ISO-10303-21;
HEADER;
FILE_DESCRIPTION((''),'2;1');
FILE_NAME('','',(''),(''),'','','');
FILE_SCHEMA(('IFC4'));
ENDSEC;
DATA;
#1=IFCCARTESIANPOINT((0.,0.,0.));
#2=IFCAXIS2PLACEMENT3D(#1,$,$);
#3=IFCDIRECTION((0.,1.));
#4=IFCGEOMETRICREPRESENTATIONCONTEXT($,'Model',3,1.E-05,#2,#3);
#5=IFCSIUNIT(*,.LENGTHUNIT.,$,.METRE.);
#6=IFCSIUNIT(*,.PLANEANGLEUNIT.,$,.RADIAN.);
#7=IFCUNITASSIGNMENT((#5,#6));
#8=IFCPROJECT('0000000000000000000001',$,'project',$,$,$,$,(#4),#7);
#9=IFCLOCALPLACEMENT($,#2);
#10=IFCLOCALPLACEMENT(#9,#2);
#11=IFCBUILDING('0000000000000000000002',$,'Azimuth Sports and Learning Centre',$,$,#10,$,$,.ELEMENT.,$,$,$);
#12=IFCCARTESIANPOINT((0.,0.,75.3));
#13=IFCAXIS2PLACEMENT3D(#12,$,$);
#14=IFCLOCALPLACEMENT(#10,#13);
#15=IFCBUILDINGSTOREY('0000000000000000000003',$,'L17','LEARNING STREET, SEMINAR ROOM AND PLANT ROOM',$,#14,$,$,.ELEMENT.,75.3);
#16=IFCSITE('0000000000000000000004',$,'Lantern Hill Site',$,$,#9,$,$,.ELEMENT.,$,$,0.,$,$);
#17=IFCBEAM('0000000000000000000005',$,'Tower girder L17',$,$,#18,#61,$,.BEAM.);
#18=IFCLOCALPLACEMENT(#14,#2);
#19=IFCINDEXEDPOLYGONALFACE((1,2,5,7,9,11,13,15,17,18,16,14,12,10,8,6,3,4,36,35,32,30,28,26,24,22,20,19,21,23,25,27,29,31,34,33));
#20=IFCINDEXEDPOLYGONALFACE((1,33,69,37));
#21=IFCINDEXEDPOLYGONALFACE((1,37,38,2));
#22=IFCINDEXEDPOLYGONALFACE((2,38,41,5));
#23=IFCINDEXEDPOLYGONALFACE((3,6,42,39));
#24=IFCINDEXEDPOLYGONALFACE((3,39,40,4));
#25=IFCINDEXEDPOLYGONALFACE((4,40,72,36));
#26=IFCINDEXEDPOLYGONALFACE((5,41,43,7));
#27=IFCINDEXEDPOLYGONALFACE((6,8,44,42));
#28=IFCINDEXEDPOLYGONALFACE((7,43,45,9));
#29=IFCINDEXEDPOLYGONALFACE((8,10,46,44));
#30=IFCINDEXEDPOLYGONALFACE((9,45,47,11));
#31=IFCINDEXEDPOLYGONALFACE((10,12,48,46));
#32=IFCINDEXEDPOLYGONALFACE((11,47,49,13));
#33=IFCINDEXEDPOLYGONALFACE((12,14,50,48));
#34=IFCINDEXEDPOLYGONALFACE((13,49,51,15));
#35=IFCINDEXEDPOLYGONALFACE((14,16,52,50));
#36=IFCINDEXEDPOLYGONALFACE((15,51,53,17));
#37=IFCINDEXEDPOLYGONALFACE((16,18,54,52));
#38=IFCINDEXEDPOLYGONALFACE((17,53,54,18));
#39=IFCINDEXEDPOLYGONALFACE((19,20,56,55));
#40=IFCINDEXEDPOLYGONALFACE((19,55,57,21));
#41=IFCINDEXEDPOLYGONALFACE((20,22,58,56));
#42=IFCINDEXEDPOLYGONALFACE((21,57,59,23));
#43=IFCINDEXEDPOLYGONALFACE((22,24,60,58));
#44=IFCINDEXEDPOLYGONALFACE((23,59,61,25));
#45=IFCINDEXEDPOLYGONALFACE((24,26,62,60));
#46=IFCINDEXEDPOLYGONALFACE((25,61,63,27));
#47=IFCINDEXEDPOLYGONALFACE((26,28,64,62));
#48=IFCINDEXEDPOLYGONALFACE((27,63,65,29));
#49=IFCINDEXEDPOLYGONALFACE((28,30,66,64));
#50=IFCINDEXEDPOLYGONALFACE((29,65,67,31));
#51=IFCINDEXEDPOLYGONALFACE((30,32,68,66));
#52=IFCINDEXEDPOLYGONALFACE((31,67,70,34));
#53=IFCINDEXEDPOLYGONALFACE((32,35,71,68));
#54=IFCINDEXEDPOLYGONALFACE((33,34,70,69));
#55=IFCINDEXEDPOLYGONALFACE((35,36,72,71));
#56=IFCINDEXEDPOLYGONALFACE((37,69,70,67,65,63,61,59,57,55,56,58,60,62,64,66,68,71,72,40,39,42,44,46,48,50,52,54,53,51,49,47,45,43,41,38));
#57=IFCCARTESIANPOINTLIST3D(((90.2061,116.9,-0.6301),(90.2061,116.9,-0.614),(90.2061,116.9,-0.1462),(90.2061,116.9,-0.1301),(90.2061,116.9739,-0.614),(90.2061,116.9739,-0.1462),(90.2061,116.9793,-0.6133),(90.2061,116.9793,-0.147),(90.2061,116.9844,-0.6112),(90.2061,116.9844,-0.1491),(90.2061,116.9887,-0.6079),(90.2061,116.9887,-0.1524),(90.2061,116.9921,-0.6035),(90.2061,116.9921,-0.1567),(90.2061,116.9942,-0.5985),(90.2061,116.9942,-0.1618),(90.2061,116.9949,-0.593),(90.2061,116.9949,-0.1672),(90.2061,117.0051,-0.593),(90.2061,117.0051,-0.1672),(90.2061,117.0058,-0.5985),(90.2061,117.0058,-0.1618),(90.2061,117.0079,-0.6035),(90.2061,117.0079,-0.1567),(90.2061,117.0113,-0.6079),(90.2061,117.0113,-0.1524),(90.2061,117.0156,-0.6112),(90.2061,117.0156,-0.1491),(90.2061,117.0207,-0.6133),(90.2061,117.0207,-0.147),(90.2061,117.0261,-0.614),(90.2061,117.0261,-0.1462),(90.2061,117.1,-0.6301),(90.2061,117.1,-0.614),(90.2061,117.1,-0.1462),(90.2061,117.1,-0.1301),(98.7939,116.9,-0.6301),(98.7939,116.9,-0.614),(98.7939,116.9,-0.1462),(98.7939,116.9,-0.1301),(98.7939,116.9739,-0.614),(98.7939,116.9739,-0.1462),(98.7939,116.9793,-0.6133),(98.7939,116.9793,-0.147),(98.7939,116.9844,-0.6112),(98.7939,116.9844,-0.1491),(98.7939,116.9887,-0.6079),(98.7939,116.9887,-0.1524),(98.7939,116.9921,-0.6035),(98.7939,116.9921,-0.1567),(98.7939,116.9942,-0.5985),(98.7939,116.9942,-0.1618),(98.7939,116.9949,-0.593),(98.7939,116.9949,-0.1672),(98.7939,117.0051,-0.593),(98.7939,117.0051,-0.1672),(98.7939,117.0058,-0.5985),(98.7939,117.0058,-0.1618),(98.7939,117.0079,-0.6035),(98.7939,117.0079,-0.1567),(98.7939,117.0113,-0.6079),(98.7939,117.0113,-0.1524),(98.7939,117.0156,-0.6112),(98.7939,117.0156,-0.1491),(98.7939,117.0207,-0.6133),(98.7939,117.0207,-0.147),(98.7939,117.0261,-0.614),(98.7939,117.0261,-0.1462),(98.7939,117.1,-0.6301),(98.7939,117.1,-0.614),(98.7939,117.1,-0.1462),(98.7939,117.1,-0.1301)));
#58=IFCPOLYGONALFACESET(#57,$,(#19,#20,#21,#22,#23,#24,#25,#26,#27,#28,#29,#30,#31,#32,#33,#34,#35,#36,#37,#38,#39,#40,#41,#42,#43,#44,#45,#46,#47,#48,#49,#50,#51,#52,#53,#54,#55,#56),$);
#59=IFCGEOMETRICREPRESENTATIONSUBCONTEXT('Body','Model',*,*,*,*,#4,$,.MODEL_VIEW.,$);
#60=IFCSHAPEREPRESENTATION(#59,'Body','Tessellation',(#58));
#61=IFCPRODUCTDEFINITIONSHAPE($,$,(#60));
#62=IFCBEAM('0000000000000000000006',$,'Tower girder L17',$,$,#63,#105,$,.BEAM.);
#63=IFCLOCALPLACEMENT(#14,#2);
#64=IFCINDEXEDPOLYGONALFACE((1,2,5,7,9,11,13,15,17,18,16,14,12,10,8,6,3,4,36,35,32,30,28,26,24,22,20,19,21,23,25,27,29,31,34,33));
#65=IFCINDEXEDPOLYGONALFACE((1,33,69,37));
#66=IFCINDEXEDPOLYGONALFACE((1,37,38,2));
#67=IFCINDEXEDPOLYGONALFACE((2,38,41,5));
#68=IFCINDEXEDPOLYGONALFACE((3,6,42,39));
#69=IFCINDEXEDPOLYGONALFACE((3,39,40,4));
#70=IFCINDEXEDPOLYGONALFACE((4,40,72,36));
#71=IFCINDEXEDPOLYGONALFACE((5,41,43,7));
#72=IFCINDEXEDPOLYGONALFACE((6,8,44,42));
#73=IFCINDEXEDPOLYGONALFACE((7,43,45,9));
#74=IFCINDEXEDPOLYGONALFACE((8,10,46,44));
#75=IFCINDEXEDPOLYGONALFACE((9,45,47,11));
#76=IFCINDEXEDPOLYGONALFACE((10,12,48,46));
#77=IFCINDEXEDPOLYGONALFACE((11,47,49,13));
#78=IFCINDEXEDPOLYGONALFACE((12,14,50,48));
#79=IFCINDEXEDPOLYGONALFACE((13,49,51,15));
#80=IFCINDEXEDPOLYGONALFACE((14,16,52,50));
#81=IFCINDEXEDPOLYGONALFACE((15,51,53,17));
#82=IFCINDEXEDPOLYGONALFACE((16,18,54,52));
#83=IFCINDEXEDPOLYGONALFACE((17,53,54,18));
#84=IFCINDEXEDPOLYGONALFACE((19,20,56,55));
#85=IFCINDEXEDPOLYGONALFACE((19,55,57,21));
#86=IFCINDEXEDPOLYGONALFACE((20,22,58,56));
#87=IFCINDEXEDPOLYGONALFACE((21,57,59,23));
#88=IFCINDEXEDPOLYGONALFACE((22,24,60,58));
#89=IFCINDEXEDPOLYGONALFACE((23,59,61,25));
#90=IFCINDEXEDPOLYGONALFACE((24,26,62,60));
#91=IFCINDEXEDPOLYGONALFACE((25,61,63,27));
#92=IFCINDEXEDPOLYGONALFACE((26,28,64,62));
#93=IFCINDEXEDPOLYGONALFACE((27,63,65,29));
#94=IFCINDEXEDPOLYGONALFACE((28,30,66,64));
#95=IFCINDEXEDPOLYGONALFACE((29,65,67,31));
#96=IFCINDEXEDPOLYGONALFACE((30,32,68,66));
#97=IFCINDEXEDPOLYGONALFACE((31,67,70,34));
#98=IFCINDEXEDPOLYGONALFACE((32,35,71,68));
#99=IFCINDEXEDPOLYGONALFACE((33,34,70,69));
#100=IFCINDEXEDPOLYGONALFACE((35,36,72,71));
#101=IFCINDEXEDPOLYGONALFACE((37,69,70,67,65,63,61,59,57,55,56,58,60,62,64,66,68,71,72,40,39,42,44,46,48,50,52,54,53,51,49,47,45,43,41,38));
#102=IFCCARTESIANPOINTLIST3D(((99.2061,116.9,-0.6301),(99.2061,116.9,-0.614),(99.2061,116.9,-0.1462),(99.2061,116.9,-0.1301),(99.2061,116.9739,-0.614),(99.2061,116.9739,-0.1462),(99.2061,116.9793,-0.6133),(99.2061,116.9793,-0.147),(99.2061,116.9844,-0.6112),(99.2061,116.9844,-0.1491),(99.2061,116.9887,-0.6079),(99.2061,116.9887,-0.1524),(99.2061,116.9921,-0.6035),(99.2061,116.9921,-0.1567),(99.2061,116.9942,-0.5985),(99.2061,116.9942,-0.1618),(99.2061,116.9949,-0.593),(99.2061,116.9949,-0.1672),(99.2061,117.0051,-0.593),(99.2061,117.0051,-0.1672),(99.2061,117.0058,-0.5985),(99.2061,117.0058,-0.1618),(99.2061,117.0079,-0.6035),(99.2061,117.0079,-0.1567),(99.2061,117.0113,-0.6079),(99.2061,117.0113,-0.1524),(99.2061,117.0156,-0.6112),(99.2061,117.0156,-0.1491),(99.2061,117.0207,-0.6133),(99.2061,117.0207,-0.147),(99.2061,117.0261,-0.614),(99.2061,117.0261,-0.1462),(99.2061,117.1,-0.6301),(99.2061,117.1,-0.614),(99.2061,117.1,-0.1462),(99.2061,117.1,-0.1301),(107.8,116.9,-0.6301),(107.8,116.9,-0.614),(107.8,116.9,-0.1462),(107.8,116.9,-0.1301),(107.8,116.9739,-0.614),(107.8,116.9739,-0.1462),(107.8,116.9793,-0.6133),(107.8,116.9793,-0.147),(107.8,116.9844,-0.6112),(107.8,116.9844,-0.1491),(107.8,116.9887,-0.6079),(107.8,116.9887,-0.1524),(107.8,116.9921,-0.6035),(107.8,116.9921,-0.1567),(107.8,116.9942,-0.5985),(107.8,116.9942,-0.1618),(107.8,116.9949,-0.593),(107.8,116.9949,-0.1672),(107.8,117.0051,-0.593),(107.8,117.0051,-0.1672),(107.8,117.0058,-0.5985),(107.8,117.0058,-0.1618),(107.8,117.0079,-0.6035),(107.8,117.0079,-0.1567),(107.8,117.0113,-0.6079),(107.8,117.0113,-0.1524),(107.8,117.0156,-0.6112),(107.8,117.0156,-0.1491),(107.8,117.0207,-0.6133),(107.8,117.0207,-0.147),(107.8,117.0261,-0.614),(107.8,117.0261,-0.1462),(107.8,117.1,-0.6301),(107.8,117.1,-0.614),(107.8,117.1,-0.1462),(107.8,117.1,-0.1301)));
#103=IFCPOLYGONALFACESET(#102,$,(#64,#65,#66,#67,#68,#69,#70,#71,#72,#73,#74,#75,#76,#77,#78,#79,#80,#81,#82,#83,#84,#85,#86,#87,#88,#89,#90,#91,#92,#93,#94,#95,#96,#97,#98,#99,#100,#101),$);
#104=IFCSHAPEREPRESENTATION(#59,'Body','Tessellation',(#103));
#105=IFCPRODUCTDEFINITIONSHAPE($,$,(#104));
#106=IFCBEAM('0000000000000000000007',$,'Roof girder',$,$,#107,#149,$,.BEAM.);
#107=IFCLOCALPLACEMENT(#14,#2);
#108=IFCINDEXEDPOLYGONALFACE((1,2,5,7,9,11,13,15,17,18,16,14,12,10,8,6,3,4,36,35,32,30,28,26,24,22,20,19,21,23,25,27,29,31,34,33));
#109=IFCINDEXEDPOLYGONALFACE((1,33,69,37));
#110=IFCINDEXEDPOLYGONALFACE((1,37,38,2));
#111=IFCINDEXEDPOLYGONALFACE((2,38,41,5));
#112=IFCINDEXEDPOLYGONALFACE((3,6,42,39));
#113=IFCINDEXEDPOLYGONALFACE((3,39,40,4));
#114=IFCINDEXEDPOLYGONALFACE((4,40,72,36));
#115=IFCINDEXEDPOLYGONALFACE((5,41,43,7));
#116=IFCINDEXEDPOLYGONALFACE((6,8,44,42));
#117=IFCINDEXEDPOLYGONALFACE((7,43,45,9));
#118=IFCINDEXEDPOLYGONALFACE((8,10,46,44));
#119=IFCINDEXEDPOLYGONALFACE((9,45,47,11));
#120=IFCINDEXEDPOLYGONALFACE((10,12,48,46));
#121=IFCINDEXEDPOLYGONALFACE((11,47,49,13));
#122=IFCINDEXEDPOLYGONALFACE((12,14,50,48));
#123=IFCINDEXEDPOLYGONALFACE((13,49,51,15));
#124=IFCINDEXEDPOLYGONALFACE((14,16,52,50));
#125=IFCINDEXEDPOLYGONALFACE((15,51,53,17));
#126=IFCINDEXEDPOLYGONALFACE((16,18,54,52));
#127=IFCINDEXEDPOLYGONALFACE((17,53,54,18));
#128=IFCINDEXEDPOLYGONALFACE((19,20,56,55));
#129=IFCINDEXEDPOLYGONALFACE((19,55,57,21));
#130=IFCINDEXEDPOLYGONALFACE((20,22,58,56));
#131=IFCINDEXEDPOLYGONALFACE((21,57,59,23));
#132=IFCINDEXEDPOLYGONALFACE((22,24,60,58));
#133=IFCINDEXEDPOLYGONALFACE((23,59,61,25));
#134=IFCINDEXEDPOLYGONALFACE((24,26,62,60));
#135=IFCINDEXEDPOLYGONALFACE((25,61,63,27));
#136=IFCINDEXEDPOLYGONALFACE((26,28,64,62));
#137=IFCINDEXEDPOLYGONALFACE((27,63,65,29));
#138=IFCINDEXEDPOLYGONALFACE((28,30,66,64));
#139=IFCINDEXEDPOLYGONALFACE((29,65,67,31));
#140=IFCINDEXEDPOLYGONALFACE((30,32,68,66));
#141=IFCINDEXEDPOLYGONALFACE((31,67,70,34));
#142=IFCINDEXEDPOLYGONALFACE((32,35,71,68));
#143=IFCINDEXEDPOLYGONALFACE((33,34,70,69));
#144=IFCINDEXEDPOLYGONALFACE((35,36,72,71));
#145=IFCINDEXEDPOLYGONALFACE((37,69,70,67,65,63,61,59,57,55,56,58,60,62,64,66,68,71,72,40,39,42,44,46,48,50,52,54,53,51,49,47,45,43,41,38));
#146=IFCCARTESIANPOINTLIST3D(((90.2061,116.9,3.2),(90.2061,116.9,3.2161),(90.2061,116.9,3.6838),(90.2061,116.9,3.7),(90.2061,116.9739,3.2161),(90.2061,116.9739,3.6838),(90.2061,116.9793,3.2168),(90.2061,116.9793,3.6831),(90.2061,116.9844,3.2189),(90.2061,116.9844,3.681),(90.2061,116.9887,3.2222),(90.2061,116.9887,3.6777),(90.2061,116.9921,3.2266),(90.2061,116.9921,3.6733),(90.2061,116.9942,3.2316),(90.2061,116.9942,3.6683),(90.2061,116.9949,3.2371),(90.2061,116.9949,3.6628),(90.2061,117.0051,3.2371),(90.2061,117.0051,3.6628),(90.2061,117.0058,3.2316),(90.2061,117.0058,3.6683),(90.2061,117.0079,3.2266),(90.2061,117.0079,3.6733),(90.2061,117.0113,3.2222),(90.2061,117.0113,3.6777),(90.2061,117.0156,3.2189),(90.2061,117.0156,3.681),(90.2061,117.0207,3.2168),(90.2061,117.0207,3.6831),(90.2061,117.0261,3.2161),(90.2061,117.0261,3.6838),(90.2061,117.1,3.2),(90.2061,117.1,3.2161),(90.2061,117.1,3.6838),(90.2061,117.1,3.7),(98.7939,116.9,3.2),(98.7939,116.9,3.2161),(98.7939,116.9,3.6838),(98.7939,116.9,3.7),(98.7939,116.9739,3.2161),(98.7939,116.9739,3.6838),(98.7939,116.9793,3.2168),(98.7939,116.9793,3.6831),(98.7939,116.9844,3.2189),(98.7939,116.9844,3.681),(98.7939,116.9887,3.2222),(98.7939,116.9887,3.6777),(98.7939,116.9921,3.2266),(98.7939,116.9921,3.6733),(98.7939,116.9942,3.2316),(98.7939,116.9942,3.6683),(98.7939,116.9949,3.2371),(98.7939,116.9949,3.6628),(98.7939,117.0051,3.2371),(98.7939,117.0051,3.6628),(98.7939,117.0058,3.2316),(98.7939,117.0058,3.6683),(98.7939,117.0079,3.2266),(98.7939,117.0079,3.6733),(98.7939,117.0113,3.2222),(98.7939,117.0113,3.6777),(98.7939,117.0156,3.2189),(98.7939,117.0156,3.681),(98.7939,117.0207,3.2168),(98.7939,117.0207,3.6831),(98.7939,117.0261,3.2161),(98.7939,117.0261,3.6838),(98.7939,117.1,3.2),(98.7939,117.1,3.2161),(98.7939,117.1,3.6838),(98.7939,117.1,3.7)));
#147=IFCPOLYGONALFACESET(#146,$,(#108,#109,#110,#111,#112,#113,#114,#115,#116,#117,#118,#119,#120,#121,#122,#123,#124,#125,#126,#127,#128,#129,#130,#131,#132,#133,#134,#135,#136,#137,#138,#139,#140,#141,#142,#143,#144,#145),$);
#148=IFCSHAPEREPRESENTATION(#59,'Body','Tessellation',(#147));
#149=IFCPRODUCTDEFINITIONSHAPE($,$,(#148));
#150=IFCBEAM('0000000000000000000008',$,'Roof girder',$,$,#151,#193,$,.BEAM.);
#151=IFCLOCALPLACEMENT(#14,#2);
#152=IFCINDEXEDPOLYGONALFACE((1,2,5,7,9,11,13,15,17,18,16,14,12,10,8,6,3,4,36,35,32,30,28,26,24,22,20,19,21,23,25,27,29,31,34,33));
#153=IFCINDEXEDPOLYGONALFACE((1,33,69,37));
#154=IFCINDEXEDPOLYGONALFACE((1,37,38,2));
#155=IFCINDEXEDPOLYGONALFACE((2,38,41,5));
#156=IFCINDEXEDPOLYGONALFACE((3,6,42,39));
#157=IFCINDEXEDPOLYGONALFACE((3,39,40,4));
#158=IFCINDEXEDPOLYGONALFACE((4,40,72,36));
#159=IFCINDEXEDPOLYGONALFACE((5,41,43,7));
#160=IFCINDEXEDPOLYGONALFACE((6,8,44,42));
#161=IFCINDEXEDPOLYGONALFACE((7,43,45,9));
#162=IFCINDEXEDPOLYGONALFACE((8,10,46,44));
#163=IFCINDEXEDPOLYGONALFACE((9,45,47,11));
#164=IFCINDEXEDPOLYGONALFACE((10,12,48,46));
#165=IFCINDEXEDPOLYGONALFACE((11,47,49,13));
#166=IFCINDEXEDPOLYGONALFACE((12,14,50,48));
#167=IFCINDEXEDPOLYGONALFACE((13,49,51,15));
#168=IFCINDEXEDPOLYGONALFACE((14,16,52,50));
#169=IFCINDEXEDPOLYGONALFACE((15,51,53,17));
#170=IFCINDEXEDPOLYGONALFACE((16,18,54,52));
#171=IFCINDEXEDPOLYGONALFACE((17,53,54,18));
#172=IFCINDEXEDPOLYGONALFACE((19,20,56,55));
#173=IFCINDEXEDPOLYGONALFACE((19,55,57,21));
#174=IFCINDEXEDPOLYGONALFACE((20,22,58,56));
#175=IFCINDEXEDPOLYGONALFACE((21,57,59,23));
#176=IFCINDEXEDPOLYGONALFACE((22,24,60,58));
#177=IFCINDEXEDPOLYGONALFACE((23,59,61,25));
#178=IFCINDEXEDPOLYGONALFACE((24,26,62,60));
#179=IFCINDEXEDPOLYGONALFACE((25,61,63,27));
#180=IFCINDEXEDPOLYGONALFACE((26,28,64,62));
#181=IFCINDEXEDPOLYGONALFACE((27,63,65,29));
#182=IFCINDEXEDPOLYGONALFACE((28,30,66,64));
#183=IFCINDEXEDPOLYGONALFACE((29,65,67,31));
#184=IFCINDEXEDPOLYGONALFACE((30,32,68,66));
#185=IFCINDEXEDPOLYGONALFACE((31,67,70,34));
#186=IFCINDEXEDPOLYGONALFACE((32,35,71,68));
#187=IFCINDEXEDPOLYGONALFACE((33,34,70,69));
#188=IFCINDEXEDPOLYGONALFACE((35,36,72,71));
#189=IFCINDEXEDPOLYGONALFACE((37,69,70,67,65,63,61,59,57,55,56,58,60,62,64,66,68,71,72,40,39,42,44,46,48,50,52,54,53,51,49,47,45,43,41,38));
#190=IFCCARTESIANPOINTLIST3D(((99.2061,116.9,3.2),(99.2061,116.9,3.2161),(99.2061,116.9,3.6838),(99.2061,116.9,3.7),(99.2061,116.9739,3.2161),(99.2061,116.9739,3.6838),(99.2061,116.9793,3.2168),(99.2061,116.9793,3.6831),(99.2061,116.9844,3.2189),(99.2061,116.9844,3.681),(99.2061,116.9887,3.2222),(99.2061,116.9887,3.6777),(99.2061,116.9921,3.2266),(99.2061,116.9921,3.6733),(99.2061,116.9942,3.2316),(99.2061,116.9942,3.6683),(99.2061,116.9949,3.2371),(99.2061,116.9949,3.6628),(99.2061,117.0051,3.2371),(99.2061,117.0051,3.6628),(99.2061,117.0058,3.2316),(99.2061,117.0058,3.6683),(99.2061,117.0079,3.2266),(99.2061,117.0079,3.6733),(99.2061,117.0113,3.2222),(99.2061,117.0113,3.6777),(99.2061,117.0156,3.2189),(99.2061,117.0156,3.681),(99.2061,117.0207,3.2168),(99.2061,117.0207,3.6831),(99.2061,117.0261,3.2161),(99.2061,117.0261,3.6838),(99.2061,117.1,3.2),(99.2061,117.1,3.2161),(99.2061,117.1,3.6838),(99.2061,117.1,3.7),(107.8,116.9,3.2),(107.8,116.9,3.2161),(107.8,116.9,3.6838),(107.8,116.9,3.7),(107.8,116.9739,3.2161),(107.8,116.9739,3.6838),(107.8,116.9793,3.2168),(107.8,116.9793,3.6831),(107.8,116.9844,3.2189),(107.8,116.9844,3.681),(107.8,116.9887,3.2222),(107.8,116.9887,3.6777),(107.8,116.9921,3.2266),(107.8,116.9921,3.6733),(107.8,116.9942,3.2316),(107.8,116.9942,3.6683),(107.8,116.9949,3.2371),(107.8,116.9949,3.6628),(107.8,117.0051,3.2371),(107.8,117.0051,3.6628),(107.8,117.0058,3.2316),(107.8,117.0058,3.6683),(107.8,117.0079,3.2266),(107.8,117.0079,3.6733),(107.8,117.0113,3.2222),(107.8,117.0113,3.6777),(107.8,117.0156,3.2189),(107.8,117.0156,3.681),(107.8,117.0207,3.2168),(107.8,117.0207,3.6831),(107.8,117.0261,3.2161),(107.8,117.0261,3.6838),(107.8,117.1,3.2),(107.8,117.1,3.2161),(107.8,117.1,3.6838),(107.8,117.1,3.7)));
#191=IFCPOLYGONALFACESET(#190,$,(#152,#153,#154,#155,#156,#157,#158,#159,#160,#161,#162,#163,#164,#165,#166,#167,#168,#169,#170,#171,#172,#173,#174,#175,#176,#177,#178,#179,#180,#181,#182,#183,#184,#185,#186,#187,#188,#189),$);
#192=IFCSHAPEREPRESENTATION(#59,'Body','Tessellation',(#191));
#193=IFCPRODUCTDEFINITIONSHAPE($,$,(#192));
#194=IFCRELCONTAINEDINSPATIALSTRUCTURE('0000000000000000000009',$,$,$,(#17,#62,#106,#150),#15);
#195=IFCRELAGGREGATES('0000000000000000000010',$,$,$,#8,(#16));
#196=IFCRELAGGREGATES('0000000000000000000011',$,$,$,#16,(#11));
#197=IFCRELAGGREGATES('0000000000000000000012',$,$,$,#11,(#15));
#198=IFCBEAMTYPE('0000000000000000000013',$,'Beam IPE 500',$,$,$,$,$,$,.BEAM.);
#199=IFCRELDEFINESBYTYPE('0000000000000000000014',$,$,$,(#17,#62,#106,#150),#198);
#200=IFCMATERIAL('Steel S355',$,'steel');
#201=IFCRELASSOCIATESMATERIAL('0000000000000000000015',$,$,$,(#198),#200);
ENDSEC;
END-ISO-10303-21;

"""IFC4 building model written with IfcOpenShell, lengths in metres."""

from ifc_helpers import new_model, si_unit, direction, frame, origin, origin_2d, place, context, subcontext, project, spatial, i_section, extrude, material, material_profile, profile_set, type_object, element, save


model = new_model("IFC4")

# Units and contexts
model_context = context("Model", 3, precision=1e-05, world=origin(), true_north=direction((0.0, 1.0)))
body_context = subcontext(model_context, "Body", "Model", "MODEL_VIEW")
ifc_project = project(units=[si_unit("LENGTHUNIT", "METRE"), si_unit("PLANEANGLEUNIT", "RADIAN")], contexts=[model_context])

# Site, building, storey
site_placement = place(None, origin())
site = spatial("IfcSite", under=ifc_project, at=site_placement, Name="Lantern Hill Site", CompositionType="ELEMENT", RefElevation=0.0)
building_placement = place(site_placement, origin())
building = spatial("IfcBuilding", under=site, at=building_placement, Name="Azimuth Sports and Learning Centre", CompositionType="ELEMENT")
storey_placement = place(building_placement, frame((0.0, 0.0, 75.3)))
storey = spatial("IfcBuildingStorey", under=building, at=storey_placement, Name="L17", Description="LEARNING STREET, SEMINAR ROOM AND PLANT ROOM", CompositionType="ELEMENT", Elevation=75.3)

# Beams
ifc_material_1 = material(Name="Steel S355", Category="steel")
ifc_material_profile_1 = material_profile(ifc_material_1, i_section(OverallWidth=0.2, OverallDepth=0.5, WebThickness=0.0103, FlangeThickness=0.0161, FilletRadius=0.021, at=origin_2d()), Name="IPE 500")
ifc_profile_set_1 = profile_set([ifc_material_profile_1], Name="Steel S355")
beam_type_1 = type_object("IfcBeamType", Name="Beam IPE 500", PredefinedType="BEAM", material=ifc_profile_set_1)
beam_1_placement = place(storey_placement, frame((90.2061, 117.0, -0.3801), z_axis=(1.0, 0.0, 0.0), x_axis=(0.0, 1.0, 0.0)))
element("IfcBeam", 1, at=beam_1_placement, inside=storey, type_object=beam_type_1, Name="Tower girder L17", PredefinedType="BEAM", context=body_context, shape_type="SweptSolid", body=[
    extrude(i_section(OverallWidth=0.2, OverallDepth=0.5, WebThickness=0.0103, FlangeThickness=0.0161, FilletRadius=0.021, at=origin_2d()), origin(), (0.0, 0.0, 1.0), 8.5879),
])
beam_2_placement = place(storey_placement, frame((99.2061, 117.0, -0.3801), z_axis=(1.0, 0.0, 0.0), x_axis=(0.0, 1.0, 0.0)))
element("IfcBeam", 2, at=beam_2_placement, inside=storey, type_object=beam_type_1, Name="Tower girder L17", PredefinedType="BEAM", context=body_context, shape_type="SweptSolid", body=[
    extrude(i_section(OverallWidth=0.2, OverallDepth=0.5, WebThickness=0.0103, FlangeThickness=0.0161, FilletRadius=0.021, at=origin_2d()), origin(), (0.0, 0.0, 1.0), 8.594),
])
beam_3_placement = place(storey_placement, frame((90.2061, 117.0, 3.45), z_axis=(1.0, 0.0, 0.0), x_axis=(0.0, 1.0, 0.0)))
element("IfcBeam", 3, at=beam_3_placement, inside=storey, type_object=beam_type_1, Name="Roof girder", PredefinedType="BEAM", context=body_context, shape_type="SweptSolid", body=[
    extrude(i_section(OverallWidth=0.2, OverallDepth=0.5, WebThickness=0.0103, FlangeThickness=0.0161, FilletRadius=0.021, at=origin_2d()), origin(), (0.0, 0.0, 1.0), 8.5879),
])
beam_4_placement = place(storey_placement, frame((99.2061, 117.0, 3.45), z_axis=(1.0, 0.0, 0.0), x_axis=(0.0, 1.0, 0.0)))
element("IfcBeam", 4, at=beam_4_placement, inside=storey, type_object=beam_type_1, Name="Roof girder", PredefinedType="BEAM", context=body_context, shape_type="SweptSolid", body=[
    extrude(i_section(OverallWidth=0.2, OverallDepth=0.5, WebThickness=0.0103, FlangeThickness=0.0161, FilletRadius=0.021, at=origin_2d()), origin(), (0.0, 0.0, 1.0), 8.594),
])

save(model, "model.ifc")
